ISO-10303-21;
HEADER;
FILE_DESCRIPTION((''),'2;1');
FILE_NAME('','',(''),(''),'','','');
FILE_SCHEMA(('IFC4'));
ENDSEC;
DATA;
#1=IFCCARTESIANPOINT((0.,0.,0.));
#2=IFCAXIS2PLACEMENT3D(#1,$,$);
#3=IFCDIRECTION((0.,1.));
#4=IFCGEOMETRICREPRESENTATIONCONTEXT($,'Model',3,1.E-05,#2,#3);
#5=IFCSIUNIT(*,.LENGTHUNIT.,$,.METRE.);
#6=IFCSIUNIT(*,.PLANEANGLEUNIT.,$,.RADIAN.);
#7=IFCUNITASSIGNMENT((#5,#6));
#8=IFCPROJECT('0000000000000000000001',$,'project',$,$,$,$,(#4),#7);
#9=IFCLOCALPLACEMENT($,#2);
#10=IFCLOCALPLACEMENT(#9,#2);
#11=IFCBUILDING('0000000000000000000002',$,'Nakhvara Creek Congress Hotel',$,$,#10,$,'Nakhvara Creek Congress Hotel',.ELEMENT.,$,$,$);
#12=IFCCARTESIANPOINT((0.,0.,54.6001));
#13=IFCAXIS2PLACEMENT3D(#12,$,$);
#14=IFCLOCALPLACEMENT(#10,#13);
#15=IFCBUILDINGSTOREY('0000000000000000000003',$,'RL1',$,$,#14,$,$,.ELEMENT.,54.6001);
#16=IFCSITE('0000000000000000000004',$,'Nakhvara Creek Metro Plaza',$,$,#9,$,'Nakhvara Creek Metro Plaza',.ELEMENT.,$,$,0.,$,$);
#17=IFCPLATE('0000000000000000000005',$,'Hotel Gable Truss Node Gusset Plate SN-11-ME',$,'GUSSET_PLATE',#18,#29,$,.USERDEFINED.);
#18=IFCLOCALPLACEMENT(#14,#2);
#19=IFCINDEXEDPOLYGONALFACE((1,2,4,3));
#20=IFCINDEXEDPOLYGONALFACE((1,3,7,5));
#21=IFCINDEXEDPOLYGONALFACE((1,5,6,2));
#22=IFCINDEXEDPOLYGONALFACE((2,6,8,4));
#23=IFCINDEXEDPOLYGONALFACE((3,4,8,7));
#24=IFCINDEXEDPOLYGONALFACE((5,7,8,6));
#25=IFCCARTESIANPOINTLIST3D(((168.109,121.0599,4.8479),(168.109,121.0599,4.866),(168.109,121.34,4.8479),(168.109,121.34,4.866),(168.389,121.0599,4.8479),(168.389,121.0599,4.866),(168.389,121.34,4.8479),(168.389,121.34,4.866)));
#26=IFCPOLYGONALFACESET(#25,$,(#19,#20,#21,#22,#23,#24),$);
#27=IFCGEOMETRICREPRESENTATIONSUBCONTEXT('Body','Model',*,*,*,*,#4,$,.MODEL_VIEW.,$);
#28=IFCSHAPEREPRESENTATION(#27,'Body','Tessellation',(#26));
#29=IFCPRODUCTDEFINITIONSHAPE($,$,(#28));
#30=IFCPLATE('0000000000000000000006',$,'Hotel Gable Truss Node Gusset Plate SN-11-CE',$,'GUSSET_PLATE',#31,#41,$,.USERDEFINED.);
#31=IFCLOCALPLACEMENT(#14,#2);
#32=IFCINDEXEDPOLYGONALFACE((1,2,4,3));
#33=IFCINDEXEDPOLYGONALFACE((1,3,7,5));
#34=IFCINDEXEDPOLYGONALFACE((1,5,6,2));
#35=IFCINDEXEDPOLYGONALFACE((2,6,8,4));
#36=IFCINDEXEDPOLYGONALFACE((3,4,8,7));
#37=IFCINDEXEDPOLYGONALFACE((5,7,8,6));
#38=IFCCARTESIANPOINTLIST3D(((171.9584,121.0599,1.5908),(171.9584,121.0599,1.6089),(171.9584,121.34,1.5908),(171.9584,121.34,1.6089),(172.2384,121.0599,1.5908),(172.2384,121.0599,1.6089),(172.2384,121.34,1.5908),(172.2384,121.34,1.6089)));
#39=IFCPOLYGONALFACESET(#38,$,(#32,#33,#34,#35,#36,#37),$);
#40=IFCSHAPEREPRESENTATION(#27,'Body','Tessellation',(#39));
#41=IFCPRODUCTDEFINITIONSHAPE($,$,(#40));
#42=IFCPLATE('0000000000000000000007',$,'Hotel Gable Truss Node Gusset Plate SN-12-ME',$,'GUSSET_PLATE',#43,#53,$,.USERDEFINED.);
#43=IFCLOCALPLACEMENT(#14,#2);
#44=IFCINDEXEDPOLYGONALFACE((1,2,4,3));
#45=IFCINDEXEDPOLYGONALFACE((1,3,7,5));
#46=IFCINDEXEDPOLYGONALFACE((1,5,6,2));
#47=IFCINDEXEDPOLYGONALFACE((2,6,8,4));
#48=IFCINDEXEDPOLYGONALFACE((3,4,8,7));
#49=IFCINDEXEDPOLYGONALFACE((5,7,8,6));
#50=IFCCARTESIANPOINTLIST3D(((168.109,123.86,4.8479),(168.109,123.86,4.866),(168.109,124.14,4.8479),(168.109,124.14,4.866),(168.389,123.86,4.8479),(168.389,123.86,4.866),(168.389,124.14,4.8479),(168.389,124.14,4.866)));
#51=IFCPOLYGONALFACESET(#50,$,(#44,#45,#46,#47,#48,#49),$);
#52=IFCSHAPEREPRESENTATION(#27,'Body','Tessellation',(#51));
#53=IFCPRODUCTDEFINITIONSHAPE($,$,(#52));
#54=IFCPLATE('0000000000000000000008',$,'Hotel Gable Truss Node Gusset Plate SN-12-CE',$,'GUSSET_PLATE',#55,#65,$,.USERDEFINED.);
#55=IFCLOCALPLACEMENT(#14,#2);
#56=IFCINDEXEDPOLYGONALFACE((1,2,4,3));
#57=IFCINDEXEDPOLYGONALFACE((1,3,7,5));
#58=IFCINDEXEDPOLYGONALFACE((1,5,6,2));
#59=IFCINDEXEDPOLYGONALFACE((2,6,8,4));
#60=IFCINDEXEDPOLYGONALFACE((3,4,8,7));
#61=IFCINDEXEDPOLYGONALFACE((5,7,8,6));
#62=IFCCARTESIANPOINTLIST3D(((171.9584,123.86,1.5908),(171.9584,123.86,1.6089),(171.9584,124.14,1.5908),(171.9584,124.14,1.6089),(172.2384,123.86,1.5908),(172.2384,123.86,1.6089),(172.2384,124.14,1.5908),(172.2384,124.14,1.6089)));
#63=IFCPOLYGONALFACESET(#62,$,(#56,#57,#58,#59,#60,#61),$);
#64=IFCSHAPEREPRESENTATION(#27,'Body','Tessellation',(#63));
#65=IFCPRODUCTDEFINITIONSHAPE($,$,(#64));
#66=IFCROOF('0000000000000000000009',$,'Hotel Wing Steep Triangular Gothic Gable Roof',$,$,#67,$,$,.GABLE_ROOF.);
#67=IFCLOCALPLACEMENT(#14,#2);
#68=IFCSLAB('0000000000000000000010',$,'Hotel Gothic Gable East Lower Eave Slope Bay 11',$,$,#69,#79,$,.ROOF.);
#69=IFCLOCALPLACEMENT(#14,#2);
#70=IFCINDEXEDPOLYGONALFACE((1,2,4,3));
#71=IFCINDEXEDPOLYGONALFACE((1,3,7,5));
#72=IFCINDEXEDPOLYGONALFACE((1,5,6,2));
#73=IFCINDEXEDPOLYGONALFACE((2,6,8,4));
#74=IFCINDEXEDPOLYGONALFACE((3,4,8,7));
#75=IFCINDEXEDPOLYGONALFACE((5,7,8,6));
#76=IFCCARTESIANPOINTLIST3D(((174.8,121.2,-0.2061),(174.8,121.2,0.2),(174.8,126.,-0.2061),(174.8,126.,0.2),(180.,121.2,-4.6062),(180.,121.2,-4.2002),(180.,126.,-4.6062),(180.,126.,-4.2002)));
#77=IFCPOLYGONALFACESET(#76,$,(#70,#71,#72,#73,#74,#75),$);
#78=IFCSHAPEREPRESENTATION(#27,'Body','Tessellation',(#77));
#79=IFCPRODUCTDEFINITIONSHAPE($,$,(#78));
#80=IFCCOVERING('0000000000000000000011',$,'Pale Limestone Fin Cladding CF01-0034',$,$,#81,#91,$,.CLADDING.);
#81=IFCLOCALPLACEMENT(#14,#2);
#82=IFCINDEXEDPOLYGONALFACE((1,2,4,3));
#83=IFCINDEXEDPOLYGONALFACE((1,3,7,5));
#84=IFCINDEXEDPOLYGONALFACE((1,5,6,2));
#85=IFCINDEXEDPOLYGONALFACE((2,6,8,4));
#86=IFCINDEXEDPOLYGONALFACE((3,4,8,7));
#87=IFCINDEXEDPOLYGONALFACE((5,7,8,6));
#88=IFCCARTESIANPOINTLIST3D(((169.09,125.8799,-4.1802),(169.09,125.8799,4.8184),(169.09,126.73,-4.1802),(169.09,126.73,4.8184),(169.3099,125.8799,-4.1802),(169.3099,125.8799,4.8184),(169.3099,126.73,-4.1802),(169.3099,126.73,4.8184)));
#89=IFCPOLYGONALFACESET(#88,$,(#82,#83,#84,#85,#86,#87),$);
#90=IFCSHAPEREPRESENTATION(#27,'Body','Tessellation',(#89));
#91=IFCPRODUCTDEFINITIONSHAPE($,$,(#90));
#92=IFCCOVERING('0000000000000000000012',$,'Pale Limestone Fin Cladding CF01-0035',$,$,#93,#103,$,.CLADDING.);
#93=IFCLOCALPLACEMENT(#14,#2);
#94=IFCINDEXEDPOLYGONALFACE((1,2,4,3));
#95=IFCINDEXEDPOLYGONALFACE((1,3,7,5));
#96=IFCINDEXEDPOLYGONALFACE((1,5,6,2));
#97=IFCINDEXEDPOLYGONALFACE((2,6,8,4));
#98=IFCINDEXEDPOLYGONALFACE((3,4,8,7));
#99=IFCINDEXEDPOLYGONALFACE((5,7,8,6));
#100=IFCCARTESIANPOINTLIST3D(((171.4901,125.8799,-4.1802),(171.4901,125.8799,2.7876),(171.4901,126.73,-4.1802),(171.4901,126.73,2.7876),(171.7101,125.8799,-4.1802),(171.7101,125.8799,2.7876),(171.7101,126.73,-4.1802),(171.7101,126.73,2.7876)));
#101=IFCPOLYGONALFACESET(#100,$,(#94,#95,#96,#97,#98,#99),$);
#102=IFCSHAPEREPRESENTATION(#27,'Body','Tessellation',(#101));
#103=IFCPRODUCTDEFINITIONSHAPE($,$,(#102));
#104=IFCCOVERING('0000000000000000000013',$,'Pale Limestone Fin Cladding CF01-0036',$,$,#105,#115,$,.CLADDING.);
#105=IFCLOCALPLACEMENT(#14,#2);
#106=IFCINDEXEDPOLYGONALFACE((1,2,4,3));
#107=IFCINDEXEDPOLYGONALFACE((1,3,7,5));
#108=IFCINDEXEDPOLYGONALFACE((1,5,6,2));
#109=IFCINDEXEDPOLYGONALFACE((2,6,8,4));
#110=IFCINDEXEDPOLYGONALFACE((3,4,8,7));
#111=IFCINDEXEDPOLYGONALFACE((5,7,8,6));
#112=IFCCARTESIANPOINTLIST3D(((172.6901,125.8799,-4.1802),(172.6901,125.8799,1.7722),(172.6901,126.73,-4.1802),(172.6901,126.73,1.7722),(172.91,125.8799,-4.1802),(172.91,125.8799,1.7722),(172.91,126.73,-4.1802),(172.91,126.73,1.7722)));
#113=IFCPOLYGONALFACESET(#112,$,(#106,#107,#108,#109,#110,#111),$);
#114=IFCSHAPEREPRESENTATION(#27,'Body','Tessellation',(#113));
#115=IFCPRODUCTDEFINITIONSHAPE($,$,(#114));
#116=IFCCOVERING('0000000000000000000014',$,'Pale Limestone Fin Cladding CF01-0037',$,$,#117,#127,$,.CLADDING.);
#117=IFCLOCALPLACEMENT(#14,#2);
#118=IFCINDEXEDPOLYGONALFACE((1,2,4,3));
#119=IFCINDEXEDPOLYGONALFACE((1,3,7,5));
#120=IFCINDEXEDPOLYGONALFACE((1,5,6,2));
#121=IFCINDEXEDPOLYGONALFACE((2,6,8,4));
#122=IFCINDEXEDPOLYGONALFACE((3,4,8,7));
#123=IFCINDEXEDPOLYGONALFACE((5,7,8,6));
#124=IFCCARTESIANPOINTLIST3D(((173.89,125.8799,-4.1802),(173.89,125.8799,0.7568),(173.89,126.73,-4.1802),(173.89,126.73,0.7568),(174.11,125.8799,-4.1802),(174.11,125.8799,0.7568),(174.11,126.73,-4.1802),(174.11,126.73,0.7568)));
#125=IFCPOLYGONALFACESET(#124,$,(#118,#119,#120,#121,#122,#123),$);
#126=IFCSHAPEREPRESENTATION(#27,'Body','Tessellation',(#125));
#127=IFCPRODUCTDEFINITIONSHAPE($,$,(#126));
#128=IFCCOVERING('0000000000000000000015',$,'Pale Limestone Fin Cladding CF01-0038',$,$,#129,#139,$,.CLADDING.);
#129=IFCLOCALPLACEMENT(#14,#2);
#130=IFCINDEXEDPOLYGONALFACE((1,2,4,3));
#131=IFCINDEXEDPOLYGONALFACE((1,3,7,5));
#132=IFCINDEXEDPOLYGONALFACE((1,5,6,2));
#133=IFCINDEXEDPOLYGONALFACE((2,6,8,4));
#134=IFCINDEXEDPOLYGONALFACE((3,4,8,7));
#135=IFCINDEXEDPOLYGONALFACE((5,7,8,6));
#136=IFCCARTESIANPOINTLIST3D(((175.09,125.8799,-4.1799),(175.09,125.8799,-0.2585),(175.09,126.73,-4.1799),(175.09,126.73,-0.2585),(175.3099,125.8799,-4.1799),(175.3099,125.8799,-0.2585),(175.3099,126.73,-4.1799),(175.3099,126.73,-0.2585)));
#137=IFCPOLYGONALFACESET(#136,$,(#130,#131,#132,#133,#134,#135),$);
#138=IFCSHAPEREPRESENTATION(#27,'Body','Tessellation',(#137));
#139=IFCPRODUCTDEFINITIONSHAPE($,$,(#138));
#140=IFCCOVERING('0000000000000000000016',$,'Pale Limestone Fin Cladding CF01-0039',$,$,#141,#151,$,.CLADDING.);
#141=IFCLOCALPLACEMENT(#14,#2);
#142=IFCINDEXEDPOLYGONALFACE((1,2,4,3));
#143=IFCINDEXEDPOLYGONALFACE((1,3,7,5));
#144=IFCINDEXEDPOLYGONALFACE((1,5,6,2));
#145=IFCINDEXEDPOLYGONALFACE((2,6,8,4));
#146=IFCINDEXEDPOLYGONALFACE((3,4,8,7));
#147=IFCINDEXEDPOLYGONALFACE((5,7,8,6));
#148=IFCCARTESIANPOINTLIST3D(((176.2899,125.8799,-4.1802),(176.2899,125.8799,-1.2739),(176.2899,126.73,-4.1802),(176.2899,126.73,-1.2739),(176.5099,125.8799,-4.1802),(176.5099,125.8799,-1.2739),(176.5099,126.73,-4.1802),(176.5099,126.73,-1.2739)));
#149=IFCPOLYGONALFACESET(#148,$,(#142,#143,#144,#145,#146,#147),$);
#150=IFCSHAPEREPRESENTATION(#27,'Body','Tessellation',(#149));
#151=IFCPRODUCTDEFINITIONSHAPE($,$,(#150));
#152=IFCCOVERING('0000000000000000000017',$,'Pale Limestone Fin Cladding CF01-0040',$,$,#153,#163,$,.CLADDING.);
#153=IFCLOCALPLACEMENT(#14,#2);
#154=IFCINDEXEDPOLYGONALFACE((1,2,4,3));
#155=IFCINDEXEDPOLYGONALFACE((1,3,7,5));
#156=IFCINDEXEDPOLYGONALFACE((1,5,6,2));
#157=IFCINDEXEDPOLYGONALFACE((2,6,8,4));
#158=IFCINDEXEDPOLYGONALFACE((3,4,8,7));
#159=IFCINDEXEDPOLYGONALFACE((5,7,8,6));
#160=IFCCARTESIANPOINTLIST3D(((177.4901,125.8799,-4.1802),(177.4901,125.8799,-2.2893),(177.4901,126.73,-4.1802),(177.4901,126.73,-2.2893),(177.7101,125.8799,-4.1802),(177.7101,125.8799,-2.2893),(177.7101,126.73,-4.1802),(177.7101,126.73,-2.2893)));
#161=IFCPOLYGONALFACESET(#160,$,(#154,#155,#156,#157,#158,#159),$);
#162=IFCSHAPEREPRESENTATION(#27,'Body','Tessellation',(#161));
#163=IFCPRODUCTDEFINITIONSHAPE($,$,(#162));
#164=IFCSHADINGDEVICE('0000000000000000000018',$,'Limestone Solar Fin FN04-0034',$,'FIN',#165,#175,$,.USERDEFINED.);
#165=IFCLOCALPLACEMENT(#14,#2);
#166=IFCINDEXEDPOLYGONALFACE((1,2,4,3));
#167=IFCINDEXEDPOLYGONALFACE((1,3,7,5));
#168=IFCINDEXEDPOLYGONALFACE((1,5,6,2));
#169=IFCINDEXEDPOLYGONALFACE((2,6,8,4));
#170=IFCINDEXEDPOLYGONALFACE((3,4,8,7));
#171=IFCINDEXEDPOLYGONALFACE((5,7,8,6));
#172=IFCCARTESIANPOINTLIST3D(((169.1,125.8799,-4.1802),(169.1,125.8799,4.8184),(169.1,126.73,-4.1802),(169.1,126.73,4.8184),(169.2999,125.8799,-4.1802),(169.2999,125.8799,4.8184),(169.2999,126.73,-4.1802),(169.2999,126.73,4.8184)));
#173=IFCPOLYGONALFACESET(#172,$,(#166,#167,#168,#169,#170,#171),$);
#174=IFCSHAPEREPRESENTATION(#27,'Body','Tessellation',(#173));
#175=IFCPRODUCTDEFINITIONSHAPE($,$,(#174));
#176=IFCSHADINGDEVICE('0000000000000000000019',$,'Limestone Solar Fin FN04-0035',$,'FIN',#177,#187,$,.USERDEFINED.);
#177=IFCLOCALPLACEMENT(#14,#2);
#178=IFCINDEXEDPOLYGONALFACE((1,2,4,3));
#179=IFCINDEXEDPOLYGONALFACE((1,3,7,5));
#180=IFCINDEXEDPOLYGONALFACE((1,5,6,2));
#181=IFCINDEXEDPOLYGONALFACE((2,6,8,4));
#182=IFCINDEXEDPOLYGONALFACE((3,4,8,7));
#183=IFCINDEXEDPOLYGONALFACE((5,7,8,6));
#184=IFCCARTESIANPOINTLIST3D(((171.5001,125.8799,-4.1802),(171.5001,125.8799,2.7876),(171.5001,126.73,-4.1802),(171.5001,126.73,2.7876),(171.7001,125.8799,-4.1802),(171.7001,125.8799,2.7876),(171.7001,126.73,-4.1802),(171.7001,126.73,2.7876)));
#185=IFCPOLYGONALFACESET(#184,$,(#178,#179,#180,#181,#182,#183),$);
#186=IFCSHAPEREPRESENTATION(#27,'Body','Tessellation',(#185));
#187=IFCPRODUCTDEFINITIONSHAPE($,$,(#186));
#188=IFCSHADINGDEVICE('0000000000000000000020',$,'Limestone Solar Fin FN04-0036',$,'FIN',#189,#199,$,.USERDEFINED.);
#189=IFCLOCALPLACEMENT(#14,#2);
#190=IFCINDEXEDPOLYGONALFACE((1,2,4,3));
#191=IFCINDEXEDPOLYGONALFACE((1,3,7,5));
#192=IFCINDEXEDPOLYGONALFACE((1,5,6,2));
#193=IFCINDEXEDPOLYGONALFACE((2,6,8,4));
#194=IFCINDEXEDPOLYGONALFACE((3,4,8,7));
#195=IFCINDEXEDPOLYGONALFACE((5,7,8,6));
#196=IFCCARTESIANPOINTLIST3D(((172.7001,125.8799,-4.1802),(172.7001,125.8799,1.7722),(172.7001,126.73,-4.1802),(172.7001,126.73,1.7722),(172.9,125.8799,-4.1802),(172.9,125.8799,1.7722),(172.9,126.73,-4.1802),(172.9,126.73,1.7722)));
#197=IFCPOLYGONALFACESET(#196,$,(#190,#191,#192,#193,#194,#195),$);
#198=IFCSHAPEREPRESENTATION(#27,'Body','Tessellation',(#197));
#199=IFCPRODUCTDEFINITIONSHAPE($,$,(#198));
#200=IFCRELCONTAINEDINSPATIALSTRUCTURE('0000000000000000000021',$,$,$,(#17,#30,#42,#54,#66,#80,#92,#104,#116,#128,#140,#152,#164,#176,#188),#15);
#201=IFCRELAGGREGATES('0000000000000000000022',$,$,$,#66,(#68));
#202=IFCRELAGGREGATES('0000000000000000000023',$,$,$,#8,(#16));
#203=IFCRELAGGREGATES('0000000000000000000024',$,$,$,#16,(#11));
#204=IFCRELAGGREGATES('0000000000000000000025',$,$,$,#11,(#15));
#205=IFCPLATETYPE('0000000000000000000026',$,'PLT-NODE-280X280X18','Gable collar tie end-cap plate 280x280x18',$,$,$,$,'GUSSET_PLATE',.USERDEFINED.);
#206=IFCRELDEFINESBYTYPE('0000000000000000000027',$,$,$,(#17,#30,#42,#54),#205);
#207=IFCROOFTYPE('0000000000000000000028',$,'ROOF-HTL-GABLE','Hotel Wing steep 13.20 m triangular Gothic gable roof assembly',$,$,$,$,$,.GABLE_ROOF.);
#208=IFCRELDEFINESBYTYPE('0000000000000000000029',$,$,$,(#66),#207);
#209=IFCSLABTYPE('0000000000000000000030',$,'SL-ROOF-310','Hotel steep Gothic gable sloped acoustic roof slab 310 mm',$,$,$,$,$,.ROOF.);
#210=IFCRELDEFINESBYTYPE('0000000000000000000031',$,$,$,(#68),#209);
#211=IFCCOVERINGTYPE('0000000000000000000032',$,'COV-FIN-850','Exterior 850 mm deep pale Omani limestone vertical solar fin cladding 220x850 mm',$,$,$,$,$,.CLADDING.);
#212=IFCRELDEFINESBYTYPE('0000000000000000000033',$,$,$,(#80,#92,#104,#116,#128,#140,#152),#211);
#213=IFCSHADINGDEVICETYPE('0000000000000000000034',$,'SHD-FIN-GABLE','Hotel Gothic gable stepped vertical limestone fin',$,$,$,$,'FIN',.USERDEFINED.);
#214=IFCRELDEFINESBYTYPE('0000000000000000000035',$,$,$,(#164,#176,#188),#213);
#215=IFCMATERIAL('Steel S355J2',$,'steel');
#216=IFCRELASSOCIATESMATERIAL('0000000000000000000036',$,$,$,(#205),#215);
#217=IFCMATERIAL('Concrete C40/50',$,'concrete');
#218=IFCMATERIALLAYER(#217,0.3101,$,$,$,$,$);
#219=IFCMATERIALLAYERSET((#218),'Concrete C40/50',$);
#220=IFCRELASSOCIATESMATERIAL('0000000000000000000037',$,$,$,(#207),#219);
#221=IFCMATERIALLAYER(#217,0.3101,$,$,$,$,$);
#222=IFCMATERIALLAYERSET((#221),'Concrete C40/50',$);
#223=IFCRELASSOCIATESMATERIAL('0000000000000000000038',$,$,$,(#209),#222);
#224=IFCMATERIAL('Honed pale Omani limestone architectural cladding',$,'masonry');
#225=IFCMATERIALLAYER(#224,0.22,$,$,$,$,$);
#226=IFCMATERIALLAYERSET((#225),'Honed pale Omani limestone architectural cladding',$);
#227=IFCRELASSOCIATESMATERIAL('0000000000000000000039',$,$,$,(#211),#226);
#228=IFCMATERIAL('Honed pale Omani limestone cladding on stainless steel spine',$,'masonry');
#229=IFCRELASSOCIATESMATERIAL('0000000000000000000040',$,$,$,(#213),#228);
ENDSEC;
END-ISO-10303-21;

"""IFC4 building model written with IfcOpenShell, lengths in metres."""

from ifc_helpers import new_model, si_unit, direction, frame, origin, origin_2d, place, context, subcontext, project, spatial, polyline, rectangle, outline, extrude, material, layer, layer_set, type_object, element, aggregate, save


model = new_model("IFC4")

# Units and contexts
model_context = context("Model", 3, precision=1e-05, world=origin(), true_north=direction((0.0, 1.0)))
body_context = subcontext(model_context, "Body", "Model", "MODEL_VIEW")
ifc_project = project(units=[si_unit("LENGTHUNIT", "METRE"), si_unit("PLANEANGLEUNIT", "RADIAN")], contexts=[model_context])

# Site, building, storey
site_placement = place(None, origin())
site = spatial("IfcSite", under=ifc_project, at=site_placement, Name="Nakhvara Creek Metro Plaza", LongName="Nakhvara Creek Metro Plaza", CompositionType="ELEMENT", RefElevation=0.0)
building_placement = place(site_placement, origin())
building = spatial("IfcBuilding", under=site, at=building_placement, Name="Nakhvara Creek Congress Hotel", LongName="Nakhvara Creek Congress Hotel", CompositionType="ELEMENT")
storey_placement = place(building_placement, frame((0.0, 0.0, 54.6001)))
storey = spatial("IfcBuildingStorey", under=building, at=storey_placement, Name="RL1", CompositionType="ELEMENT", Elevation=54.6001)

# Plates
ifc_material_1 = material(Name="Steel S355J2", Category="steel")
plate_type = type_object("IfcPlateType", Name="PLT-NODE-280X280X18", Description="Gable collar tie end-cap plate 280x280x18", ElementType="GUSSET_PLATE", PredefinedType="USERDEFINED", material=ifc_material_1)
for number, where, z_axis, x_axis, name in (
    (1, (168.249, 121.2, 4.8479), (0.0, 0.0, 1.0), (1.0, 0.0, 0.0), "Hotel Gable Truss Node Gusset Plate SN-11-ME"),
    (2, (172.0984, 121.2, 1.5908), (0.0, 0.0, 1.0), (1.0, 0.0, 0.0), "Hotel Gable Truss Node Gusset Plate SN-11-CE"),
    (3, (168.249, 124.0, 4.8479), (0.0, 0.0, 1.0), (1.0, 0.0, 0.0), "Hotel Gable Truss Node Gusset Plate SN-12-ME"),
    (4, (172.0984, 124.0, 1.5908), (0.0, 0.0, 1.0), (1.0, 0.0, 0.0), "Hotel Gable Truss Node Gusset Plate SN-12-CE"),
):
    element("IfcPlate", number, at=place(storey_placement, frame(where, z_axis=z_axis, x_axis=x_axis)), inside=storey, type_object=plate_type, Name=name, ObjectType="GUSSET_PLATE", PredefinedType="USERDEFINED", context=body_context, shape_type="SweptSolid", body=[
        extrude(rectangle(XDim=0.28, YDim=0.28, at=origin_2d()), origin(), (0.0, 0.0, 1.0), 0.0181),
    ])

# Roof, slab
ifc_material_2 = material(Name="Concrete C40/50", Category="concrete")
ifc_layer_1 = layer(ifc_material_2, 0.3101)
ifc_layer_set_1 = layer_set([ifc_layer_1], Name="Concrete C40/50")
roof_type = type_object("IfcRoofType", Name="ROOF-HTL-GABLE", Description="Hotel Wing steep 13.20 m triangular Gothic gable roof assembly", PredefinedType="GABLE_ROOF", material=ifc_layer_set_1)
roof_placement = place(storey_placement, origin())
roof = element("IfcRoof", 5, at=roof_placement, inside=storey, type_object=roof_type, Name="Hotel Wing Steep Triangular Gothic Gable Roof", PredefinedType="GABLE_ROOF")
ifc_layer_2 = layer(ifc_material_2, 0.3101)
ifc_layer_set_2 = layer_set([ifc_layer_2], Name="Concrete C40/50")
slab_type = type_object("IfcSlabType", Name="SL-ROOF-310", Description="Hotel steep Gothic gable sloped acoustic roof slab 310 mm", PredefinedType="ROOF", material=ifc_layer_set_2)
slab_placement = place(storey_placement, frame((174.8, 121.2, 0.2), z_axis=(0.0, 0.0, 1.0), x_axis=(1.0, 0.0, 0.0)))
slab = element("IfcSlab", 6, at=slab_placement, type_object=slab_type, Name="Hotel Gothic Gable East Lower Eave Slope Bay 11", PredefinedType="ROOF", context=body_context, shape_type="SweptSolid", body=[
    extrude(outline(polyline([(0.0, 0.0), (5.2, -4.4001), (5.2, -4.8062), (0.0, -0.406), (0.0, 0.0)])), frame((0.0, 4.8, 0.0), z_axis=(0.0, -1.0, 0.0), x_axis=(1.0, 0.0, 0.0)), (0.0, 0.0, 1.0), 4.8),
])
aggregate(roof, [slab])

# Coverings
ifc_material_3 = material(Name="Honed pale Omani limestone architectural cladding", Category="masonry")
ifc_layer_3 = layer(ifc_material_3, 0.22)
ifc_layer_set_3 = layer_set([ifc_layer_3], Name="Honed pale Omani limestone architectural cladding")
covering_type = type_object("IfcCoveringType", Name="COV-FIN-850", Description="Exterior 850 mm deep pale Omani limestone vertical solar fin cladding 220x850 mm", PredefinedType="CLADDING", material=ifc_layer_set_3)
covering_1_placement = place(storey_placement, frame((169.2, 126.3049, -4.1802), z_axis=(0.0, 0.0, 1.0), x_axis=(1.0, 0.0, 0.0)))
element("IfcCovering", 7, at=covering_1_placement, inside=storey, type_object=covering_type, Name="Pale Limestone Fin Cladding CF01-0034", PredefinedType="CLADDING", context=body_context, shape_type="SweptSolid", body=[
    extrude(rectangle(XDim=0.22, YDim=0.8501, at=origin_2d()), origin(), (0.0, 0.0, 1.0), 8.9985),
])
covering_2_placement = place(storey_placement, frame((171.6001, 126.3049, -4.1802), z_axis=(0.0, 0.0, 1.0), x_axis=(1.0, 0.0, 0.0)))
element("IfcCovering", 8, at=covering_2_placement, inside=storey, type_object=covering_type, Name="Pale Limestone Fin Cladding CF01-0035", PredefinedType="CLADDING", context=body_context, shape_type="SweptSolid", body=[
    extrude(rectangle(XDim=0.22, YDim=0.8501, at=origin_2d()), origin(), (0.0, 0.0, 1.0), 6.9678),
])
covering_3_placement = place(storey_placement, frame((172.8, 126.3049, -4.1802), z_axis=(0.0, 0.0, 1.0), x_axis=(1.0, 0.0, 0.0)))
element("IfcCovering", 9, at=covering_3_placement, inside=storey, type_object=covering_type, Name="Pale Limestone Fin Cladding CF01-0036", PredefinedType="CLADDING", context=body_context, shape_type="SweptSolid", body=[
    extrude(rectangle(XDim=0.22, YDim=0.8501, at=origin_2d()), origin(), (0.0, 0.0, 1.0), 5.9524),
])
covering_4_placement = place(storey_placement, frame((174.0, 126.3049, -4.1802), z_axis=(0.0, 0.0, 1.0), x_axis=(1.0, 0.0, 0.0)))
element("IfcCovering", 10, at=covering_4_placement, inside=storey, type_object=covering_type, Name="Pale Limestone Fin Cladding CF01-0037", PredefinedType="CLADDING", context=body_context, shape_type="SweptSolid", body=[
    extrude(rectangle(XDim=0.22, YDim=0.8501, at=origin_2d()), origin(), (0.0, 0.0, 1.0), 4.937),
])
covering_5_placement = place(storey_placement, frame((175.2, 126.3049, -4.1799), z_axis=(0.0, 0.0, 1.0), x_axis=(1.0, 0.0, 0.0)))
element("IfcCovering", 11, at=covering_5_placement, inside=storey, type_object=covering_type, Name="Pale Limestone Fin Cladding CF01-0038", PredefinedType="CLADDING", context=body_context, shape_type="SweptSolid", body=[
    extrude(rectangle(XDim=0.22, YDim=0.8501, at=origin_2d()), origin(), (0.0, 0.0, 1.0), 3.9214),
])
covering_6_placement = place(storey_placement, frame((176.3999, 126.3049, -4.1802), z_axis=(0.0, 0.0, 1.0), x_axis=(1.0, 0.0, 0.0)))
element("IfcCovering", 12, at=covering_6_placement, inside=storey, type_object=covering_type, Name="Pale Limestone Fin Cladding CF01-0039", PredefinedType="CLADDING", context=body_context, shape_type="SweptSolid", body=[
    extrude(rectangle(XDim=0.22, YDim=0.8501, at=origin_2d()), origin(), (0.0, 0.0, 1.0), 2.9062),
])
covering_7_placement = place(storey_placement, frame((177.6001, 126.3049, -4.1802), z_axis=(0.0, 0.0, 1.0), x_axis=(1.0, 0.0, 0.0)))
element("IfcCovering", 13, at=covering_7_placement, inside=storey, type_object=covering_type, Name="Pale Limestone Fin Cladding CF01-0040", PredefinedType="CLADDING", context=body_context, shape_type="SweptSolid", body=[
    extrude(rectangle(XDim=0.22, YDim=0.8501, at=origin_2d()), origin(), (0.0, 0.0, 1.0), 1.8909),
])

# Shading devices
ifc_material_4 = material(Name="Honed pale Omani limestone cladding on stainless steel spine", Category="masonry")
shading_device_type = type_object("IfcShadingDeviceType", Name="SHD-FIN-GABLE", Description="Hotel Gothic gable stepped vertical limestone fin", ElementType="FIN", PredefinedType="USERDEFINED", material=ifc_material_4)
shading_device_1_placement = place(storey_placement, frame((169.2, 126.3049, -4.1802), z_axis=(0.0, 0.0, 1.0), x_axis=(1.0, 0.0, 0.0)))
element("IfcShadingDevice", 14, at=shading_device_1_placement, inside=storey, type_object=shading_device_type, Name="Limestone Solar Fin FN04-0034", ObjectType="FIN", PredefinedType="USERDEFINED", context=body_context, shape_type="SweptSolid", body=[
    extrude(rectangle(XDim=0.2, YDim=0.8501, at=origin_2d()), origin(), (0.0, 0.0, 1.0), 8.9985),
])
shading_device_2_placement = place(storey_placement, frame((171.6001, 126.3049, -4.1802), z_axis=(0.0, 0.0, 1.0), x_axis=(1.0, 0.0, 0.0)))
element("IfcShadingDevice", 15, at=shading_device_2_placement, inside=storey, type_object=shading_device_type, Name="Limestone Solar Fin FN04-0035", ObjectType="FIN", PredefinedType="USERDEFINED", context=body_context, shape_type="SweptSolid", body=[
    extrude(rectangle(XDim=0.2, YDim=0.8501, at=origin_2d()), origin(), (0.0, 0.0, 1.0), 6.9678),
])
shading_device_3_placement = place(storey_placement, frame((172.8, 126.3049, -4.1802), z_axis=(0.0, 0.0, 1.0), x_axis=(1.0, 0.0, 0.0)))
element("IfcShadingDevice", 16, at=shading_device_3_placement, inside=storey, type_object=shading_device_type, Name="Limestone Solar Fin FN04-0036", ObjectType="FIN", PredefinedType="USERDEFINED", context=body_context, shape_type="SweptSolid", body=[
    extrude(rectangle(XDim=0.2, YDim=0.8501, at=origin_2d()), origin(), (0.0, 0.0, 1.0), 5.9524),
])

save(model, "model.ifc")
